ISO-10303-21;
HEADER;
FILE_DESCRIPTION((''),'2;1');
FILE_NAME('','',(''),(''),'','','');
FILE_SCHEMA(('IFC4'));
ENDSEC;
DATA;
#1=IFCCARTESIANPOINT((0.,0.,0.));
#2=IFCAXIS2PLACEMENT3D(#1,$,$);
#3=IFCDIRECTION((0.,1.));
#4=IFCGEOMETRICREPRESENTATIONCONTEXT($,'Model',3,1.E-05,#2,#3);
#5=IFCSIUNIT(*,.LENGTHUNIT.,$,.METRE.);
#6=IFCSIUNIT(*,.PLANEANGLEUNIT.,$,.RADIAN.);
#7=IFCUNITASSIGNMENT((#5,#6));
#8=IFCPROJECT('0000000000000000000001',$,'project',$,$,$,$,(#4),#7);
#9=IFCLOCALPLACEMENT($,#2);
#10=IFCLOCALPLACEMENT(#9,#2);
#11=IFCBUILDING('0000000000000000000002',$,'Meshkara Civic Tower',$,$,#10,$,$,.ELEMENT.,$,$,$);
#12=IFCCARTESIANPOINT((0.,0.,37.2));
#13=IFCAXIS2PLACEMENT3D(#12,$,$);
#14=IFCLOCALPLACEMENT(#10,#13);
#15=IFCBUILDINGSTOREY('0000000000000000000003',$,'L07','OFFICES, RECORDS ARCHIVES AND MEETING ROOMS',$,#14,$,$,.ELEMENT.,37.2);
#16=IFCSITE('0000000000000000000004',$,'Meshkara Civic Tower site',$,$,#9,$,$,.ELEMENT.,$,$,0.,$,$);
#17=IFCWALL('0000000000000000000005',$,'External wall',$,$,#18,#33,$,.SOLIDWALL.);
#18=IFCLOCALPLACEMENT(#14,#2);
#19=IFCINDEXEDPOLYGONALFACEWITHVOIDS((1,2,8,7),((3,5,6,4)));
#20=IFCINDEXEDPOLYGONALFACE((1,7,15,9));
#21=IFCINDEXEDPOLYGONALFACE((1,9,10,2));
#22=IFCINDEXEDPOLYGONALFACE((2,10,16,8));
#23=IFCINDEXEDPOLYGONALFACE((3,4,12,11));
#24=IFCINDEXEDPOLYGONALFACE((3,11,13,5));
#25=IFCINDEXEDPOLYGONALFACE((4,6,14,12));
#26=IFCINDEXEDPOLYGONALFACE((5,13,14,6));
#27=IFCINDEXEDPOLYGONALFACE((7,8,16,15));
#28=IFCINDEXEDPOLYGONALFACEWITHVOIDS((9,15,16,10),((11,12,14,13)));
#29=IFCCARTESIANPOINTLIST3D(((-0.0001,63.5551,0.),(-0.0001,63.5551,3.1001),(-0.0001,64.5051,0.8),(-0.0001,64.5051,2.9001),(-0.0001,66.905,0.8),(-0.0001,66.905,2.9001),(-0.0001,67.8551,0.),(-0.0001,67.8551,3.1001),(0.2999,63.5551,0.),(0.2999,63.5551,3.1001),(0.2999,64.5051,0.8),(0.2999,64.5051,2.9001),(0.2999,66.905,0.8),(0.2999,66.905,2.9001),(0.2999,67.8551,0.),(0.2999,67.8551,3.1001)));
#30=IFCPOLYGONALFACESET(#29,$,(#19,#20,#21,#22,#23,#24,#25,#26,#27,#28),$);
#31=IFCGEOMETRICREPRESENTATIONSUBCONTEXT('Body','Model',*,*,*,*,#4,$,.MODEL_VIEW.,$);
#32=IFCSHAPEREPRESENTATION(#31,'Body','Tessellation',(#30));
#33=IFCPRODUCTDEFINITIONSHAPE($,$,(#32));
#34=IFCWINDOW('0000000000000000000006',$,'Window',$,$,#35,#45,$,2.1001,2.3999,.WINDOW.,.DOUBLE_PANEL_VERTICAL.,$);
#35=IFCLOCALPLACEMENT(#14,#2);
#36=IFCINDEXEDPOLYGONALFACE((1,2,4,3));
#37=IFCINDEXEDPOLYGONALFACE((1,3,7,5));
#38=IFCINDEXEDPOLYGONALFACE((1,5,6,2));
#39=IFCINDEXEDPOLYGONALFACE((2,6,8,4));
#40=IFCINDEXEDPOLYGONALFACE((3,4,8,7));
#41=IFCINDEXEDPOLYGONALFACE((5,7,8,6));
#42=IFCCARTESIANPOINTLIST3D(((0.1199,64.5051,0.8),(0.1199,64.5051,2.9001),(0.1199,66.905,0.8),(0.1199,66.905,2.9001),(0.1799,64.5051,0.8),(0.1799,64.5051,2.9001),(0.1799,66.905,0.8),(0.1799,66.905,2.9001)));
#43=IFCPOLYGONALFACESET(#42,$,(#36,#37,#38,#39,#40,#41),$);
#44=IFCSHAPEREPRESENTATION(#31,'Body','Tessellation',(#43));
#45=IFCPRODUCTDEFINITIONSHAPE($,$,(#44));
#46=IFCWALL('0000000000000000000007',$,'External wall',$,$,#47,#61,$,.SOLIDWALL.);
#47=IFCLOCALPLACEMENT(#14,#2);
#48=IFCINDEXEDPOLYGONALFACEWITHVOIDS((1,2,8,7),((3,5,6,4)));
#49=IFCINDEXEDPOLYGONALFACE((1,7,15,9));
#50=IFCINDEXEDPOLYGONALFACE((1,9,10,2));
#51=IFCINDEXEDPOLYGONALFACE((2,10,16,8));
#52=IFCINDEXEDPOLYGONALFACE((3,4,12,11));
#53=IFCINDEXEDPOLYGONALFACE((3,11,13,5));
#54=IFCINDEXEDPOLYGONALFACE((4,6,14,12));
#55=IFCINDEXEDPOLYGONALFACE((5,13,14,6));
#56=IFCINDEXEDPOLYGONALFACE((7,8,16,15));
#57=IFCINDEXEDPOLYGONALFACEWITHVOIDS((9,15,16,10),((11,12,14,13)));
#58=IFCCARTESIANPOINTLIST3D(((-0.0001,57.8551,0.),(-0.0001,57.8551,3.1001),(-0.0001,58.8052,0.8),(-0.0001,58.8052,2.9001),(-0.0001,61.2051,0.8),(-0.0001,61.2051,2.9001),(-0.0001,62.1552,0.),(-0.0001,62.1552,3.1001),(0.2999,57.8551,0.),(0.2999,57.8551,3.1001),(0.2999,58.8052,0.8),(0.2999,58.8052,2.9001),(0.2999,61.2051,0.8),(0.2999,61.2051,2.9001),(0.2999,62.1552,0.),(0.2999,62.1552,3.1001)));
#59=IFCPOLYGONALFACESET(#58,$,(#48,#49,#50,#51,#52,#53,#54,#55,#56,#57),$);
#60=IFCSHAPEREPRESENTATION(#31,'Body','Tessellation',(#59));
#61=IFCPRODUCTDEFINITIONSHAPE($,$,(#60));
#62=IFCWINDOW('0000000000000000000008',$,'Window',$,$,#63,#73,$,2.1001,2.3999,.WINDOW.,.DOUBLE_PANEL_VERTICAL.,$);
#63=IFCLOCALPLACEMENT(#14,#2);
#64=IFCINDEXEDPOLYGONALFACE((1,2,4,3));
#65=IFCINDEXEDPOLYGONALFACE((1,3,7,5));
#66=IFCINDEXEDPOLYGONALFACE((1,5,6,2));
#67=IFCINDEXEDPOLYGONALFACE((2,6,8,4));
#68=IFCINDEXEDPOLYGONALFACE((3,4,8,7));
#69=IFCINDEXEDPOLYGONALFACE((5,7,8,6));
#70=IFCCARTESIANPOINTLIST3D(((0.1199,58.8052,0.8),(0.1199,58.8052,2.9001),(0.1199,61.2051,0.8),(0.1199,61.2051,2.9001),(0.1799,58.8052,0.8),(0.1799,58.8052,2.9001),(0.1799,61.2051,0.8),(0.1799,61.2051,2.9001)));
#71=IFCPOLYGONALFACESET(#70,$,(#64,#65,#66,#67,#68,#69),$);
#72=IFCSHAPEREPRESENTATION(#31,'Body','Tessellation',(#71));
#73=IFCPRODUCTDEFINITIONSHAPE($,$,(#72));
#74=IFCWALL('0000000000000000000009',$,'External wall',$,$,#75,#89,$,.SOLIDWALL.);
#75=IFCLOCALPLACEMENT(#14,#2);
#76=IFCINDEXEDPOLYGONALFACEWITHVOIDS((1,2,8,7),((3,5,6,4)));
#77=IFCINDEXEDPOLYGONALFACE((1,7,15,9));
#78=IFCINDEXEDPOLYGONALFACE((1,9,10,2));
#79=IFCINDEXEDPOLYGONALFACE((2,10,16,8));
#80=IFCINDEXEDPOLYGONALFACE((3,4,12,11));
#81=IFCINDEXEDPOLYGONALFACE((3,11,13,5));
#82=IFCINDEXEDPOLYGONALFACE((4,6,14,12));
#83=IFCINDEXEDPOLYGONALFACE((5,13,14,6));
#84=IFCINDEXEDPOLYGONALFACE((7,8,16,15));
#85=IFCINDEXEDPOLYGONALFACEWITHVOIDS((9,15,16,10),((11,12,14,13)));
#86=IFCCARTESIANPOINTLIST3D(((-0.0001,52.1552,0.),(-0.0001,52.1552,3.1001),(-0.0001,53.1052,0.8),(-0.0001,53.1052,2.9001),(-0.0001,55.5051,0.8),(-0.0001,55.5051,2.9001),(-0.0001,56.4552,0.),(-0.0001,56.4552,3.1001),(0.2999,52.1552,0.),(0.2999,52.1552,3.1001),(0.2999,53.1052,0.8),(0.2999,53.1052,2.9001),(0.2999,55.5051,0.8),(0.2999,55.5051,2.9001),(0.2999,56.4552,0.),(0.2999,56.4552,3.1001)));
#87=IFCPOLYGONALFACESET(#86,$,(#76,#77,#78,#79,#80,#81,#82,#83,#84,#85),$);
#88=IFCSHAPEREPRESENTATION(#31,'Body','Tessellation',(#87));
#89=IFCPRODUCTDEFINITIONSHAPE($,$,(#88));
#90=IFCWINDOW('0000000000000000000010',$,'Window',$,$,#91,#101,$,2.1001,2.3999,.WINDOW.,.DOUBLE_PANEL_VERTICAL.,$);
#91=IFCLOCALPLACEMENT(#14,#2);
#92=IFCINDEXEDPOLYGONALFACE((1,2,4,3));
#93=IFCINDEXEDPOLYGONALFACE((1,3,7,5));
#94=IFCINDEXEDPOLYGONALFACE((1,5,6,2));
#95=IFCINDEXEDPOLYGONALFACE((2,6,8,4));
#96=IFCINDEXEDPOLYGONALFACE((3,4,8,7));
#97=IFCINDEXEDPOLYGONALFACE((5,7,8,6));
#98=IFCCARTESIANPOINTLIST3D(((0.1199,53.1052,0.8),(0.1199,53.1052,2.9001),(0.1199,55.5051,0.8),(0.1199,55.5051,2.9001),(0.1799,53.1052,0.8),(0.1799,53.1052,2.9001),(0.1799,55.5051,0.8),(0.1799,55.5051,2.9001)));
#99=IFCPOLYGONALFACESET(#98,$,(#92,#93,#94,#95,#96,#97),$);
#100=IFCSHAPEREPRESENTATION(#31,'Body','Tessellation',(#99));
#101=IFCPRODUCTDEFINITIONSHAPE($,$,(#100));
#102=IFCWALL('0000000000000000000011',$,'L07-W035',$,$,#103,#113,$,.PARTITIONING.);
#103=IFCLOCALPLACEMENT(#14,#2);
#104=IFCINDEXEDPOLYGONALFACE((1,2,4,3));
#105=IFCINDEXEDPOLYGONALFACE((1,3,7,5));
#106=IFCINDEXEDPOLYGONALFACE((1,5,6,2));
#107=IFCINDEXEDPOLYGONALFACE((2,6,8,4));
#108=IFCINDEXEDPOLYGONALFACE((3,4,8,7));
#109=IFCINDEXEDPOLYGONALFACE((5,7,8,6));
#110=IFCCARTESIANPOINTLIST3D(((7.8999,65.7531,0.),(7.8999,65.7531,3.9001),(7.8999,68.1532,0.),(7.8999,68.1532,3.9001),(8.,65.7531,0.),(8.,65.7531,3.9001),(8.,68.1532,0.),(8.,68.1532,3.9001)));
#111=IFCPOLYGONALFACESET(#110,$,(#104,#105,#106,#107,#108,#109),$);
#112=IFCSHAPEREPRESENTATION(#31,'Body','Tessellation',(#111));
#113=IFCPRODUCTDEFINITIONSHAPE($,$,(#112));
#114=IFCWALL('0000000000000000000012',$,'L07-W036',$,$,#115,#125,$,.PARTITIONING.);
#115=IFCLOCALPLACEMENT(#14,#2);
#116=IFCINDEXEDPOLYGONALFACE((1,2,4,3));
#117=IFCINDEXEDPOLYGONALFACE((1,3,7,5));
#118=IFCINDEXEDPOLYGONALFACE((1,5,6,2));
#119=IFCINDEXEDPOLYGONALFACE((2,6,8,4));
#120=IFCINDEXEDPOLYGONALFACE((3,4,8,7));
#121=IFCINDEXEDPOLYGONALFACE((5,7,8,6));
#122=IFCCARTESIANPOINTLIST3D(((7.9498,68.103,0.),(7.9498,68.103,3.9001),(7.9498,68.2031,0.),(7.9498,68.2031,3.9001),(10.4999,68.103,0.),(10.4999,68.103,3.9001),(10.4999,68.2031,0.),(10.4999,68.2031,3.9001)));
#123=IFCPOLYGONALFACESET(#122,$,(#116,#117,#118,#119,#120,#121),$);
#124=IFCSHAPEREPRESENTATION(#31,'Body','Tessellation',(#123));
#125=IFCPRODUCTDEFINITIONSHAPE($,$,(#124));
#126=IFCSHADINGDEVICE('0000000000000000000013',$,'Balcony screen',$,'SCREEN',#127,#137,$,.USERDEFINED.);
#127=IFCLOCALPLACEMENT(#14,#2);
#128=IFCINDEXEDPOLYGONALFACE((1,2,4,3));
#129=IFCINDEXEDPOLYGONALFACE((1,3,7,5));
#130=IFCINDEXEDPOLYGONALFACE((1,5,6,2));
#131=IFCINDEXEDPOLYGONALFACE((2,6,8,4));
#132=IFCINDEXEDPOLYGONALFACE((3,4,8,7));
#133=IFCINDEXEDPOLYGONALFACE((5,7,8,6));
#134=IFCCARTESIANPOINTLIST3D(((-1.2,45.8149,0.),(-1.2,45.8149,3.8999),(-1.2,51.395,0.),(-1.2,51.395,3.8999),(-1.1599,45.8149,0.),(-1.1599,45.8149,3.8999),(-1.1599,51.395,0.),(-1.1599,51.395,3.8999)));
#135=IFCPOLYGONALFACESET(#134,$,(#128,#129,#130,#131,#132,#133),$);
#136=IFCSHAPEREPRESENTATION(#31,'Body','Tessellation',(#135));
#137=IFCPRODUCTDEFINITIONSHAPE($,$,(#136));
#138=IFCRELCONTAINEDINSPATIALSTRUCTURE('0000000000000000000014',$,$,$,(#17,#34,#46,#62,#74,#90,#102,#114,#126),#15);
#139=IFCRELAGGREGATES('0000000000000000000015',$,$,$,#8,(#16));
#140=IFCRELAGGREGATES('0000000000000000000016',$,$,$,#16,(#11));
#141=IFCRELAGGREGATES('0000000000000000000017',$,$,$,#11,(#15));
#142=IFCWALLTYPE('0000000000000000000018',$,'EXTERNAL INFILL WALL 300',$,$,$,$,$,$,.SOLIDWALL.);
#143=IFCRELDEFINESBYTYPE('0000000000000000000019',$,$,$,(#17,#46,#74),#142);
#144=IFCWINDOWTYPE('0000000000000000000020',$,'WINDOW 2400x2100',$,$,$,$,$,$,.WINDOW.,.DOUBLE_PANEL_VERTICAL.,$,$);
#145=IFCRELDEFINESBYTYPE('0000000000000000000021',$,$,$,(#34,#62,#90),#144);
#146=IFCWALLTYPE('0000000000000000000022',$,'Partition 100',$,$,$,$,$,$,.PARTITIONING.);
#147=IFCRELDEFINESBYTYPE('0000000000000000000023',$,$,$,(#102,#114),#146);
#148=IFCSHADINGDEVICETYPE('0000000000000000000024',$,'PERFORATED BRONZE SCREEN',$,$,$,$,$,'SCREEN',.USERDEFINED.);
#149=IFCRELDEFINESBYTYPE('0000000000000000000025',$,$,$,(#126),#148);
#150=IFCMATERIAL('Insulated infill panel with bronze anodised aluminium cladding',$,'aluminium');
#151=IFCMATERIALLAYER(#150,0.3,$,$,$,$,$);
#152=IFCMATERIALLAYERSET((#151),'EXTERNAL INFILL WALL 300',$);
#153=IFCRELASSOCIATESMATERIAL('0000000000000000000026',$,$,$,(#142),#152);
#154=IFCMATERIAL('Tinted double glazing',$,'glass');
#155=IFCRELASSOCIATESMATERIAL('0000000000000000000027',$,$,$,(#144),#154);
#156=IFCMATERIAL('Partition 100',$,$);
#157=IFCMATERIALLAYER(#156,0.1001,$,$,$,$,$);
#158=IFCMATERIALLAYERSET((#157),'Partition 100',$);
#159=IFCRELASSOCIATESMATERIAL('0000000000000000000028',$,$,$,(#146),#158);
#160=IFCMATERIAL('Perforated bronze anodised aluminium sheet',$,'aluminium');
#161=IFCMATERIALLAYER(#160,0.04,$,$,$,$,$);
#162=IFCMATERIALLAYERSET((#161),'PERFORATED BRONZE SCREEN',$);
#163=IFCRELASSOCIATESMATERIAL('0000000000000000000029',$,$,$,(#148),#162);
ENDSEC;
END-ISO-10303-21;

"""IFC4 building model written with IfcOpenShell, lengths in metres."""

from ifc_helpers import new_model, si_unit, direction, frame, frame_2d, origin, origin_2d, place, context, subcontext, project, spatial, rectangle, extrude, material, layer, layer_set, type_object, element, fill, save


model = new_model("IFC4")

# Units and contexts
model_context = context("Model", 3, precision=1e-05, world=origin(), true_north=direction((0.0, 1.0)))
body_context = subcontext(model_context, "Body", "Model", "MODEL_VIEW")
ifc_project = project(units=[si_unit("LENGTHUNIT", "METRE"), si_unit("PLANEANGLEUNIT", "RADIAN")], contexts=[model_context])

# Site, building, storey
site_placement = place(None, origin())
site = spatial("IfcSite", under=ifc_project, at=site_placement, Name="Meshkara Civic Tower site", CompositionType="ELEMENT", RefElevation=0.0)
building_placement = place(site_placement, origin())
building = spatial("IfcBuilding", under=site, at=building_placement, Name="Meshkara Civic Tower", CompositionType="ELEMENT")
storey_placement = place(building_placement, frame((0.0, 0.0, 37.2)))
storey = spatial("IfcBuildingStorey", under=building, at=storey_placement, Name="L07", Description="OFFICES, RECORDS ARCHIVES AND MEETING ROOMS", CompositionType="ELEMENT", Elevation=37.2)

# Walls, openings, windows
ifc_material_1 = material(Name="Insulated infill panel with bronze anodised aluminium cladding", Category="aluminium")
ifc_layer_1 = layer(ifc_material_1, 0.3)
ifc_layer_set_1 = layer_set([ifc_layer_1], Name="EXTERNAL INFILL WALL 300")
wall_type_1 = type_object("IfcWallType", Name="EXTERNAL INFILL WALL 300", PredefinedType="SOLIDWALL", material=ifc_layer_set_1)
wall_1_placement = place(storey_placement, frame((0.1499, 67.855, 0.0), z_axis=(0.0, 0.0, 1.0), x_axis=(0.0, -1.0, 0.0)))
wall_1 = element("IfcWall", 1, at=wall_1_placement, inside=storey, type_object=wall_type_1, Name="External wall", PredefinedType="SOLIDWALL", context=body_context, shape_type="SweptSolid", body=[
    extrude(rectangle(XDim=4.3, YDim=0.3, at=frame_2d((2.1499, 0.0))), origin(), (0.0, 0.0, 1.0), 3.1001),
])
opening_1_placement = place(wall_1_placement, frame((0.95, 0.0, 0.8)))
opening_1 = element("IfcOpeningElement", 2, at=opening_1_placement, cuts=wall_1, PredefinedType="OPENING", context=body_context, shape_type="SweptSolid", body=[
    extrude(rectangle(XDim=2.3999, YDim=2.1001, at=frame_2d((1.2, 1.05))), frame((0.0, 0.1599, 0.0), z_axis=(0.0, -1.0, 0.0), x_axis=(1.0, 0.0, 0.0)), (0.0, 0.0, 1.0), 0.3201),
])
ifc_material_2 = material(Name="Tinted double glazing", Category="glass")
window_type = type_object("IfcWindowType", Name="WINDOW 2400x2100", PartitioningType="DOUBLE_PANEL_VERTICAL", PredefinedType="WINDOW", material=ifc_material_2)
window_1_placement = place(opening_1_placement, origin())
window_1 = element("IfcWindow", 3, at=window_1_placement, inside=storey, type_object=window_type, Name="Window", OverallHeight=2.1001, OverallWidth=2.3999, PartitioningType="DOUBLE_PANEL_VERTICAL", PredefinedType="WINDOW", context=body_context, shape_type="SweptSolid", body=[
    extrude(rectangle(XDim=2.3999, YDim=2.1001, at=frame_2d((1.2, 1.05))), frame((0.0, 0.03, 0.0), z_axis=(0.0, -1.0, 0.0), x_axis=(1.0, 0.0, 0.0)), (0.0, 0.0, 1.0), 0.0601),
])
fill(opening_1, window_1)
wall_2_placement = place(storey_placement, frame((0.1499, 62.155, 0.0), z_axis=(0.0, 0.0, 1.0), x_axis=(0.0, -1.0, 0.0)))
wall_2 = element("IfcWall", 4, at=wall_2_placement, inside=storey, type_object=wall_type_1, Name="External wall", PredefinedType="SOLIDWALL", context=body_context, shape_type="SweptSolid", body=[
    extrude(rectangle(XDim=4.3, YDim=0.3, at=frame_2d((2.1499, 0.0))), origin(), (0.0, 0.0, 1.0), 3.1001),
])
opening_2_placement = place(wall_2_placement, frame((0.95, 0.0, 0.8)))
opening_2 = element("IfcOpeningElement", 5, at=opening_2_placement, cuts=wall_2, PredefinedType="OPENING", context=body_context, shape_type="SweptSolid", body=[
    extrude(rectangle(XDim=2.3999, YDim=2.1001, at=frame_2d((1.2, 1.05))), frame((0.0, 0.1599, 0.0), z_axis=(0.0, -1.0, 0.0), x_axis=(1.0, 0.0, 0.0)), (0.0, 0.0, 1.0), 0.3201),
])
window_2_placement = place(opening_2_placement, origin())
window_2 = element("IfcWindow", 6, at=window_2_placement, inside=storey, type_object=window_type, Name="Window", OverallHeight=2.1001, OverallWidth=2.3999, PartitioningType="DOUBLE_PANEL_VERTICAL", PredefinedType="WINDOW", context=body_context, shape_type="SweptSolid", body=[
    extrude(rectangle(XDim=2.3999, YDim=2.1001, at=frame_2d((1.2, 1.05))), frame((0.0, 0.03, 0.0), z_axis=(0.0, -1.0, 0.0), x_axis=(1.0, 0.0, 0.0)), (0.0, 0.0, 1.0), 0.0601),
])
fill(opening_2, window_2)
wall_3_placement = place(storey_placement, frame((0.1499, 56.4551, 0.0), z_axis=(0.0, 0.0, 1.0), x_axis=(0.0, -1.0, 0.0)))
wall_3 = element("IfcWall", 7, at=wall_3_placement, inside=storey, type_object=wall_type_1, Name="External wall", PredefinedType="SOLIDWALL", context=body_context, shape_type="SweptSolid", body=[
    extrude(rectangle(XDim=4.3, YDim=0.3, at=frame_2d((2.1499, 0.0))), origin(), (0.0, 0.0, 1.0), 3.1001),
])
opening_3_placement = place(wall_3_placement, frame((0.95, 0.0, 0.8)))
opening_3 = element("IfcOpeningElement", 8, at=opening_3_placement, cuts=wall_3, PredefinedType="OPENING", context=body_context, shape_type="SweptSolid", body=[
    extrude(rectangle(XDim=2.3999, YDim=2.1001, at=frame_2d((1.2, 1.05))), frame((0.0, 0.1599, 0.0), z_axis=(0.0, -1.0, 0.0), x_axis=(1.0, 0.0, 0.0)), (0.0, 0.0, 1.0), 0.3201),
])
window_3_placement = place(opening_3_placement, origin())
window_3 = element("IfcWindow", 9, at=window_3_placement, inside=storey, type_object=window_type, Name="Window", OverallHeight=2.1001, OverallWidth=2.3999, PartitioningType="DOUBLE_PANEL_VERTICAL", PredefinedType="WINDOW", context=body_context, shape_type="SweptSolid", body=[
    extrude(rectangle(XDim=2.3999, YDim=2.1001, at=frame_2d((1.2, 1.05))), frame((0.0, 0.03, 0.0), z_axis=(0.0, -1.0, 0.0), x_axis=(1.0, 0.0, 0.0)), (0.0, 0.0, 1.0), 0.0601),
])
fill(opening_3, window_3)

# Walls
ifc_material_3 = material(Name="Partition 100")
ifc_layer_2 = layer(ifc_material_3, 0.1001)
ifc_layer_set_2 = layer_set([ifc_layer_2], Name="Partition 100")
wall_type_2 = type_object("IfcWallType", Name="Partition 100", PredefinedType="PARTITIONING", material=ifc_layer_set_2)
wall_4_placement = place(storey_placement, frame((7.95, 65.7529, 0.0), z_axis=(0.0, 0.0, 1.0), x_axis=(0.0, 1.0, 0.0)))
element("IfcWall", 10, at=wall_4_placement, inside=storey, type_object=wall_type_2, Name="L07-W035", PredefinedType="PARTITIONING", context=body_context, shape_type="SweptSolid", body=[
    extrude(rectangle(XDim=2.4001, YDim=0.1001, at=frame_2d((1.2002, 0.0))), origin(), (0.0, 0.0, 1.0), 3.9001),
])
wall_5_placement = place(storey_placement, frame((7.95, 68.1531, 0.0), z_axis=(0.0, 0.0, 1.0), x_axis=(1.0, 0.0, 0.0)))
element("IfcWall", 11, at=wall_5_placement, inside=storey, type_object=wall_type_2, Name="L07-W036", PredefinedType="PARTITIONING", context=body_context, shape_type="SweptSolid", body=[
    extrude(rectangle(XDim=2.55, YDim=0.1001, at=frame_2d((1.2749, 0.0))), origin(), (0.0, 0.0, 1.0), 3.9001),
])

# Shading device
ifc_material_4 = material(Name="Perforated bronze anodised aluminium sheet", Category="aluminium")
ifc_layer_3 = layer(ifc_material_4, 0.04)
ifc_layer_set_3 = layer_set([ifc_layer_3], Name="PERFORATED BRONZE SCREEN")
shading_device_type = type_object("IfcShadingDeviceType", Name="PERFORATED BRONZE SCREEN", ElementType="SCREEN", PredefinedType="USERDEFINED", material=ifc_layer_set_3)
shading_device_placement = place(storey_placement, frame((-1.1799, 48.605, 0.0), z_axis=(0.0, 0.0, 1.0), x_axis=(0.0, -1.0, 0.0)))
element("IfcShadingDevice", 12, at=shading_device_placement, inside=storey, type_object=shading_device_type, Name="Balcony screen", ObjectType="SCREEN", PredefinedType="USERDEFINED", context=body_context, shape_type="SweptSolid", body=[
    extrude(rectangle(XDim=5.5801, YDim=0.04, at=origin_2d()), origin(), (0.0, 0.0, 1.0), 3.8999),
])

save(model, "model.ifc")
